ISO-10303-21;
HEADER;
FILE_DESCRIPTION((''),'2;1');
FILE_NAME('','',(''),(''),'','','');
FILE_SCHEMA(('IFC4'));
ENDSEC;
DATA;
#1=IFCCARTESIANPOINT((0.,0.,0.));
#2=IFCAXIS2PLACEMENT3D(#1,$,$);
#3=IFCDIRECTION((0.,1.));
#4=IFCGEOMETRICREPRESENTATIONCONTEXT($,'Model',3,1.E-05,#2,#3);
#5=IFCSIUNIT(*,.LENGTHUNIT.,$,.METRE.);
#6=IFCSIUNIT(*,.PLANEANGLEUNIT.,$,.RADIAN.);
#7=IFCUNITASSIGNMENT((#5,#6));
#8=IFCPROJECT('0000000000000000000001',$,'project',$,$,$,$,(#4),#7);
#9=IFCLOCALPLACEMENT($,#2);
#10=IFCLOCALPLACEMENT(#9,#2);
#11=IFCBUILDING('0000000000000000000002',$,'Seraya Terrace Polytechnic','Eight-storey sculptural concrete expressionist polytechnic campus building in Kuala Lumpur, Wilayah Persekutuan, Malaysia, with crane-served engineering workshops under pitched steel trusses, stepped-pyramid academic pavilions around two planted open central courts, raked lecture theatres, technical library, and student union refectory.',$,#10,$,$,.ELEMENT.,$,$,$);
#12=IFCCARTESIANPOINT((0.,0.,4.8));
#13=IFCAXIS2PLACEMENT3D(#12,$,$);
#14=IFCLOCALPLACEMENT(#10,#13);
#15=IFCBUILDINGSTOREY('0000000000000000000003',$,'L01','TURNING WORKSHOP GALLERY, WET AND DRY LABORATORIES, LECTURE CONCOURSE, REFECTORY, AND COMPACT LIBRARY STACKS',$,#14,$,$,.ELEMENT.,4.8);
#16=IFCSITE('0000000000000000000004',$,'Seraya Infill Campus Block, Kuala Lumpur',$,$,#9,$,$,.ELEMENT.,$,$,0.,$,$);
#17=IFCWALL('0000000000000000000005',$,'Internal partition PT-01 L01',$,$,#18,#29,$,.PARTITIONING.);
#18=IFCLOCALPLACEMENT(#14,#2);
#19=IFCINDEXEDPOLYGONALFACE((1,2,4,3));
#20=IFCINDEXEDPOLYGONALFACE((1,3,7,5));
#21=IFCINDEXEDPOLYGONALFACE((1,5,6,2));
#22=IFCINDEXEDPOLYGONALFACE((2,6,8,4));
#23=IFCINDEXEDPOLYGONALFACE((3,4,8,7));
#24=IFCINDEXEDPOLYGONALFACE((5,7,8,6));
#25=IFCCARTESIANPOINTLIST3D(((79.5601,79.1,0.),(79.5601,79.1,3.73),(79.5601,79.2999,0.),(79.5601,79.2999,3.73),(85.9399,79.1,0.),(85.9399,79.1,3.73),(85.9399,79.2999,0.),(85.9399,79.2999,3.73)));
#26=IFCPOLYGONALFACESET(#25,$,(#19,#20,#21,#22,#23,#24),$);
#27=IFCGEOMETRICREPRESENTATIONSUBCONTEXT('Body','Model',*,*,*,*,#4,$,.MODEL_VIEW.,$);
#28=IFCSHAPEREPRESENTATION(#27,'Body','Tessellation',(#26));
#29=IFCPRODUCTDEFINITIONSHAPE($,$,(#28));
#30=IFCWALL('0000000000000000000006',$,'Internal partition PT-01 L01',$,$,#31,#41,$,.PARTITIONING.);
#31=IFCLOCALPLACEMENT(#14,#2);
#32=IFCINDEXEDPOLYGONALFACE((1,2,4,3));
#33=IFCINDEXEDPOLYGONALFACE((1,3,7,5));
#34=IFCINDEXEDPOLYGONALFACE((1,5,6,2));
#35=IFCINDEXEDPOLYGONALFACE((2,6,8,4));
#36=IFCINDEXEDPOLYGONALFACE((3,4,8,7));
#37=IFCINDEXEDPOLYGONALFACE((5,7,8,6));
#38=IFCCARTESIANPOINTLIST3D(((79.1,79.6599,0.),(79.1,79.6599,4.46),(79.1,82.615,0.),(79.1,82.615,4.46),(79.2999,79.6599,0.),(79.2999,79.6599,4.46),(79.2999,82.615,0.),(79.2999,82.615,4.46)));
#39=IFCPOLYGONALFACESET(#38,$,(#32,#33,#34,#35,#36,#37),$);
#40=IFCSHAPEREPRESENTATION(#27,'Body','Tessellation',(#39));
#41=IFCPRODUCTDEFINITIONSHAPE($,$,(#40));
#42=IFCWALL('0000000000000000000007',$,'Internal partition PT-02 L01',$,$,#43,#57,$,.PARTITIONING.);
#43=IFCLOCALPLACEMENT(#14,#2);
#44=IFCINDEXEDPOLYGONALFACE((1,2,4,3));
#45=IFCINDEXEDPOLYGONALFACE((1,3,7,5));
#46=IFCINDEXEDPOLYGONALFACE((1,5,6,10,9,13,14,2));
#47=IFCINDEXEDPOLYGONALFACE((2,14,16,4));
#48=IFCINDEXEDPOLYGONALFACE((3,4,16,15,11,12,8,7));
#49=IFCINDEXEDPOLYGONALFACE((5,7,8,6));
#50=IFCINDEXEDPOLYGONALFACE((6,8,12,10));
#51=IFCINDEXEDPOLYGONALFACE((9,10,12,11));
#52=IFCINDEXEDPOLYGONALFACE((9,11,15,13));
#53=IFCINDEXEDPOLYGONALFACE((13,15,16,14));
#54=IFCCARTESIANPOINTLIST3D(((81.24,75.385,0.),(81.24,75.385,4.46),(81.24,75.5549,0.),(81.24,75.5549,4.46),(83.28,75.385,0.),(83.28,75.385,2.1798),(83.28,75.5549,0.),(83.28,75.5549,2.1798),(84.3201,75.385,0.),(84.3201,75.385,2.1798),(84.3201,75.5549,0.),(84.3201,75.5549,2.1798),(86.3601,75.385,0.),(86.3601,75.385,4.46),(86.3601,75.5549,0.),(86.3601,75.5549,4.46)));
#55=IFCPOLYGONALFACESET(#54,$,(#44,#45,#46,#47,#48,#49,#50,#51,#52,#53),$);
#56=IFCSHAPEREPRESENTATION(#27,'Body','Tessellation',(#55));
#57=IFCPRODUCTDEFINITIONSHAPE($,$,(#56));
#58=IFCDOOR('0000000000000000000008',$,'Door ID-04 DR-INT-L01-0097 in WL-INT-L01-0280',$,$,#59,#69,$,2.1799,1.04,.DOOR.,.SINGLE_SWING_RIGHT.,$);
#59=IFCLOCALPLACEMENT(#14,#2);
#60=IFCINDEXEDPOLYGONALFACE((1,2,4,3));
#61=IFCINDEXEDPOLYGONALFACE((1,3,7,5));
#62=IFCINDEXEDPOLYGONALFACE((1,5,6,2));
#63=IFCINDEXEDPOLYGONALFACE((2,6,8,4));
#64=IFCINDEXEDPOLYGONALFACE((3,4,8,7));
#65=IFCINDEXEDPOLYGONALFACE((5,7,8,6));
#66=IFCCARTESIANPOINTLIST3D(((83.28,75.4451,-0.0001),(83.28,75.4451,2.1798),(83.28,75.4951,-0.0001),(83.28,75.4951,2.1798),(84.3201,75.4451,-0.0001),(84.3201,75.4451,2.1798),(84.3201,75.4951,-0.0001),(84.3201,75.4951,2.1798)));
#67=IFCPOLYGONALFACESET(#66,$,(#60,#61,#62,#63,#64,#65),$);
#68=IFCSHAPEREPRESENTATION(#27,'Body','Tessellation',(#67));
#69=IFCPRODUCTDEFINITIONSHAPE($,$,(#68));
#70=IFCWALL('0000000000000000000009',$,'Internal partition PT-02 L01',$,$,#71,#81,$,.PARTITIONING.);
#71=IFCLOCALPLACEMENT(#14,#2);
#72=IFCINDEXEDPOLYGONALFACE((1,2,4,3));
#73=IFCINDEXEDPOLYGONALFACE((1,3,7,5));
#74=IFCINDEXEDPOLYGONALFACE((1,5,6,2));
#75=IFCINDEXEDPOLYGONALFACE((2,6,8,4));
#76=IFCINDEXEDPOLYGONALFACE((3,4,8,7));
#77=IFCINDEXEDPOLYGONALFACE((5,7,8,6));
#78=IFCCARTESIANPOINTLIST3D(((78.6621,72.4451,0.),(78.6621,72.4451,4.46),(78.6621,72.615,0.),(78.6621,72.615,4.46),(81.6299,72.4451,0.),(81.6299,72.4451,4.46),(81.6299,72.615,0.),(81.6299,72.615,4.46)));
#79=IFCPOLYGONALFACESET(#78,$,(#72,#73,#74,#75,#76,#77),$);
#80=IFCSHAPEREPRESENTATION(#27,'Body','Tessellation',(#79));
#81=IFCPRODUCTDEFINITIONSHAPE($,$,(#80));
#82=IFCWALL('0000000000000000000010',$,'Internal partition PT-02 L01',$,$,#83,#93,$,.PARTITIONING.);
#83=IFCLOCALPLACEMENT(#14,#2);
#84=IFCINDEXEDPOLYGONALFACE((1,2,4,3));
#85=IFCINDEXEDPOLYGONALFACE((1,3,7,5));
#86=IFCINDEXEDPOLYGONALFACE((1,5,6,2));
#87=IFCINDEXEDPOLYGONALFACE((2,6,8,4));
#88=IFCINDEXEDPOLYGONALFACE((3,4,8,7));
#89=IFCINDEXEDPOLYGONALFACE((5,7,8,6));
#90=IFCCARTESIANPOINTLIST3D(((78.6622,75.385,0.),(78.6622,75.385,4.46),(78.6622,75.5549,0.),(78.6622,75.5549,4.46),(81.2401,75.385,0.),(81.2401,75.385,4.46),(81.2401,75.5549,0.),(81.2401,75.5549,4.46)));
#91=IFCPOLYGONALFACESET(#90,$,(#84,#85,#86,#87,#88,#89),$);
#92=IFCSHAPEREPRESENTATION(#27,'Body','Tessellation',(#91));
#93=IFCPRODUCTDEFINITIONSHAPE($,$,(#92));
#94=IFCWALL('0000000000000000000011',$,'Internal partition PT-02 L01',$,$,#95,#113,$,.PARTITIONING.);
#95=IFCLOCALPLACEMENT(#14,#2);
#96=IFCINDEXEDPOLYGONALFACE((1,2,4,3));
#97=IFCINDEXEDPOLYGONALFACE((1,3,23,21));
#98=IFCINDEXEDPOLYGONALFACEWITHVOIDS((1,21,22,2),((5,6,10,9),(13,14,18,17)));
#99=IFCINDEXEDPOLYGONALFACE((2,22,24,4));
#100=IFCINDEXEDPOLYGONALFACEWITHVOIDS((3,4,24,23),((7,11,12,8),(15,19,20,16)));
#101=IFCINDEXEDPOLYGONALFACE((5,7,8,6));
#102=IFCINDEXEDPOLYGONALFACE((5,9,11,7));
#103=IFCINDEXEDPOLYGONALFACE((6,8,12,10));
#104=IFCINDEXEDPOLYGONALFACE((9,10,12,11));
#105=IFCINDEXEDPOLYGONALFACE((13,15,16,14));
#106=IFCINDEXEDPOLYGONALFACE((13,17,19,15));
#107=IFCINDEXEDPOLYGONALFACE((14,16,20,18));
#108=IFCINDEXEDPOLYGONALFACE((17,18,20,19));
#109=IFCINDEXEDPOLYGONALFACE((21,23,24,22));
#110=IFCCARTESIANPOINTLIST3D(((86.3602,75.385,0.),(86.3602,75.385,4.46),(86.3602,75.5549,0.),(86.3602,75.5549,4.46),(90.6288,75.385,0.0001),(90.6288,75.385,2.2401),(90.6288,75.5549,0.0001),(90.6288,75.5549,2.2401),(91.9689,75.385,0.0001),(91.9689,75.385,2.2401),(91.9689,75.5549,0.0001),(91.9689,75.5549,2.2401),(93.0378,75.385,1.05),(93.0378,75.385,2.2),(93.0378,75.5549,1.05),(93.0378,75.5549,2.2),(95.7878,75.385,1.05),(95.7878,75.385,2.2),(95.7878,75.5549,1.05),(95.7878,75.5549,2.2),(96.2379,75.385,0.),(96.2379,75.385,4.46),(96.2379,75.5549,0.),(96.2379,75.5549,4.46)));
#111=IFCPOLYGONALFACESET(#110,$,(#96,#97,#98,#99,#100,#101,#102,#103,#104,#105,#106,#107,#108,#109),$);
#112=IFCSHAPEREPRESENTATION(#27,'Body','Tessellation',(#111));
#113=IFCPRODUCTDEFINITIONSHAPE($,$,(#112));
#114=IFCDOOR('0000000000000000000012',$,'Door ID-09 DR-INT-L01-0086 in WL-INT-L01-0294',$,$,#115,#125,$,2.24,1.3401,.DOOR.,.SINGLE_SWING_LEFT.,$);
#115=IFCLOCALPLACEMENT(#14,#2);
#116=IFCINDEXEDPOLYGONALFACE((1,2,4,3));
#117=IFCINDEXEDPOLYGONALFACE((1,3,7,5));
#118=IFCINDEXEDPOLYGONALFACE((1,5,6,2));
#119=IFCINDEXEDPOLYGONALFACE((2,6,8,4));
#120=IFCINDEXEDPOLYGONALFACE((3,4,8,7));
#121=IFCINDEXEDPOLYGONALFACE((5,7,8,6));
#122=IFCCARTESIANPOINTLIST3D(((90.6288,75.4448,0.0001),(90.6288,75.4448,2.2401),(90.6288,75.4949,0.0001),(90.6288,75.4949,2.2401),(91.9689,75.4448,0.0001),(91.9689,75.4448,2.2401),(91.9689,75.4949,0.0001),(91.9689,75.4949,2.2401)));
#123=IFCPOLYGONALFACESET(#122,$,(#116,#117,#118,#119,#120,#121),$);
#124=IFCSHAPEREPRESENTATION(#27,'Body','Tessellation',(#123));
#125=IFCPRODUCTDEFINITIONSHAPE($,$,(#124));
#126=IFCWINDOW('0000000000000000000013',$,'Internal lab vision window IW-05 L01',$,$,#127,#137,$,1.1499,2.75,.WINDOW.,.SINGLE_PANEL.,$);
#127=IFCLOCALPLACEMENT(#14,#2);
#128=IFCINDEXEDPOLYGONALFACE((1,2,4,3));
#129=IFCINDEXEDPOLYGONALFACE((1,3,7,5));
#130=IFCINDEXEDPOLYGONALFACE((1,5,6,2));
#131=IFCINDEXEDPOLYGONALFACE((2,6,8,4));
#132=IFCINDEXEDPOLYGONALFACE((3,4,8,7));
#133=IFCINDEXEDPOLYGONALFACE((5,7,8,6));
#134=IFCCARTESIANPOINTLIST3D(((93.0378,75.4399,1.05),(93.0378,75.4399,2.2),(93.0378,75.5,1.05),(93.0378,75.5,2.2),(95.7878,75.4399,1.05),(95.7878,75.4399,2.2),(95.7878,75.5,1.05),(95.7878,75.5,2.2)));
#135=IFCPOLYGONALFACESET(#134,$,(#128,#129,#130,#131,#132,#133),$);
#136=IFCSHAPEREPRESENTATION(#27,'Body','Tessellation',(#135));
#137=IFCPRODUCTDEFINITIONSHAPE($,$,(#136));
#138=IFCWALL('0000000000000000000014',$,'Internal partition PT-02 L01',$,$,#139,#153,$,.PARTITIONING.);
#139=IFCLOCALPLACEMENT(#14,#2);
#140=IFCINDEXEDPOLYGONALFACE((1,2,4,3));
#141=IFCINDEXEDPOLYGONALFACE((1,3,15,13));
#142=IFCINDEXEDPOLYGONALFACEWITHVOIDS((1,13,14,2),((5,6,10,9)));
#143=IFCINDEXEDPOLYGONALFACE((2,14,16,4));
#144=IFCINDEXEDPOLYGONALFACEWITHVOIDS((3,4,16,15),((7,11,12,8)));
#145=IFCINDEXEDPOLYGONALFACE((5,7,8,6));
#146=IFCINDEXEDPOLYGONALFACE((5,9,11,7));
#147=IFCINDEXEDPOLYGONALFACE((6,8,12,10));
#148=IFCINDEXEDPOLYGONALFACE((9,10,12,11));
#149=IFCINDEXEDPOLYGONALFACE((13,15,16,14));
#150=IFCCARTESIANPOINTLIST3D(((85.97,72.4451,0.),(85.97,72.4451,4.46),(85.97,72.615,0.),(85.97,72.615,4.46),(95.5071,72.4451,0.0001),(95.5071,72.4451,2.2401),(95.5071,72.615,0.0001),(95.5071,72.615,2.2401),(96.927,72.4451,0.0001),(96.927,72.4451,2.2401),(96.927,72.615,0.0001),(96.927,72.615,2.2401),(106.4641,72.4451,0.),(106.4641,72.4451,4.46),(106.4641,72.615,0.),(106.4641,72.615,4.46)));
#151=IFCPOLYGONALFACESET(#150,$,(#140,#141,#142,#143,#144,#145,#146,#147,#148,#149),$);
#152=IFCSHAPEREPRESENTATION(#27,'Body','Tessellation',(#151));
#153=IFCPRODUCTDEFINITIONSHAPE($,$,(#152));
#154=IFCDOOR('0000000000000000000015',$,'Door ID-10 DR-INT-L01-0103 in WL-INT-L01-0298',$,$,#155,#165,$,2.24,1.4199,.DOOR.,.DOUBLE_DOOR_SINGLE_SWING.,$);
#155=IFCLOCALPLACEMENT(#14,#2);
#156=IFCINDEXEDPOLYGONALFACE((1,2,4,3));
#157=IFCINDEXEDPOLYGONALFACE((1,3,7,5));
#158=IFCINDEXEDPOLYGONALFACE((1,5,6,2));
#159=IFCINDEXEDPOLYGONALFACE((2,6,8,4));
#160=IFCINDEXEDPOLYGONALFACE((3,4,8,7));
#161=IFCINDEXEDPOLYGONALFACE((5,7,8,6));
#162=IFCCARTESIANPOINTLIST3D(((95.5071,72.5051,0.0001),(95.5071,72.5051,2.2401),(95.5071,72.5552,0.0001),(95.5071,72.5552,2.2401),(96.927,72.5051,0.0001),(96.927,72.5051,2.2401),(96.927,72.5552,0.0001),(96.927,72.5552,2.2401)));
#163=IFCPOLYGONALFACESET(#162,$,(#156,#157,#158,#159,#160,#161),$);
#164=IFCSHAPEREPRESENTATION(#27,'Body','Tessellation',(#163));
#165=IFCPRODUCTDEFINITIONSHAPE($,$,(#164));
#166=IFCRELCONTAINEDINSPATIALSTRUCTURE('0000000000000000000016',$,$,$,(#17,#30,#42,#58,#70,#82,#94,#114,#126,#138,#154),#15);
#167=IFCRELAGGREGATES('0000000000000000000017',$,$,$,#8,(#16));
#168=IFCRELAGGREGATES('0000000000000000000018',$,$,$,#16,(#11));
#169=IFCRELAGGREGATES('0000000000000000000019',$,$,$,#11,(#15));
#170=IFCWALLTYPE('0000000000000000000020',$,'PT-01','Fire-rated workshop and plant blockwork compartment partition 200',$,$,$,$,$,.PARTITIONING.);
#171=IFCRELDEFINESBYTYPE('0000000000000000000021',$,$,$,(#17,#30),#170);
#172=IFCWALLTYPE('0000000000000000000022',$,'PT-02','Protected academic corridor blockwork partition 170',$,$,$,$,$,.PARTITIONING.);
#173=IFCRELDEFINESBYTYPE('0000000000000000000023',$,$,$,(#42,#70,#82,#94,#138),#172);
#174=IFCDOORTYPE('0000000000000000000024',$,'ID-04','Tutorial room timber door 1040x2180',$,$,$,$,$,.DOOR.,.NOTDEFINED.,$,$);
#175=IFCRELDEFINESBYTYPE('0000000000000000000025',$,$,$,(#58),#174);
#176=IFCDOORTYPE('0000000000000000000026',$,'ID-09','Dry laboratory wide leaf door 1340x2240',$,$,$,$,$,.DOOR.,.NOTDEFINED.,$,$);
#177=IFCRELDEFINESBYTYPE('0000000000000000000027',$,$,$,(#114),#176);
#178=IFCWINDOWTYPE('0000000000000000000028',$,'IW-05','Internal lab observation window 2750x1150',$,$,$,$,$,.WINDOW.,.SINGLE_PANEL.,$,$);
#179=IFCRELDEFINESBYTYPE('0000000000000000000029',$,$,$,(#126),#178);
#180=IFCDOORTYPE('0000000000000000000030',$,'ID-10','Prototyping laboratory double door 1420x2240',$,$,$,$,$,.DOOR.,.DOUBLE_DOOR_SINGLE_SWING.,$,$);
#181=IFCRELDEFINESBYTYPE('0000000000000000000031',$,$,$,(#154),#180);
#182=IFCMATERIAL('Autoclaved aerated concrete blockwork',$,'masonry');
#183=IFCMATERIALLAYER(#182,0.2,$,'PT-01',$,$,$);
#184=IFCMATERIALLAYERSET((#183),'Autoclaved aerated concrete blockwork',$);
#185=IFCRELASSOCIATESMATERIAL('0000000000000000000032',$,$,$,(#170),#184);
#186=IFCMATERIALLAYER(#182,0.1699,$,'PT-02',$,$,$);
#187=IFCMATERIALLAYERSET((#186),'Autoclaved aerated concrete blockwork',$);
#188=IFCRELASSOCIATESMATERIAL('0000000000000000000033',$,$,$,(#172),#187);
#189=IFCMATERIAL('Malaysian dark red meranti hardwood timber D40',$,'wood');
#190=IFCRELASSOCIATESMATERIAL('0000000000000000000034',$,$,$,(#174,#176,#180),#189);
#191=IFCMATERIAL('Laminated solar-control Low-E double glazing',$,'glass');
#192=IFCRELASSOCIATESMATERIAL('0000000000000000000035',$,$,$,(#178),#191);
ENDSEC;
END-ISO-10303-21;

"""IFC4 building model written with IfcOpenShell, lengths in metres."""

from ifc_helpers import new_model, si_unit, direction, frame, frame_2d, origin, place, context, subcontext, project, spatial, rectangle, extrude, material, layer, layer_set, type_object, element, fill, save


model = new_model("IFC4")

# Units and contexts
model_context = context("Model", 3, precision=1e-05, world=origin(), true_north=direction((0.0, 1.0)))
body_context = subcontext(model_context, "Body", "Model", "MODEL_VIEW")
ifc_project = project(units=[si_unit("LENGTHUNIT", "METRE"), si_unit("PLANEANGLEUNIT", "RADIAN")], contexts=[model_context])

# Site, building, storey
site_placement = place(None, origin())
site = spatial("IfcSite", under=ifc_project, at=site_placement, Name="Seraya Infill Campus Block, Kuala Lumpur", CompositionType="ELEMENT", RefElevation=0.0)
building_placement = place(site_placement, origin())
building = spatial("IfcBuilding", under=site, at=building_placement, Name="Seraya Terrace Polytechnic", Description="Eight-storey sculptural concrete expressionist polytechnic campus building in Kuala Lumpur, Wilayah Persekutuan, Malaysia, with crane-served engineering workshops under pitched steel trusses, stepped-pyramid academic pavilions around two planted open central courts, raked lecture theatres, technical library, and student union refectory.", CompositionType="ELEMENT")
storey_placement = place(building_placement, frame((0.0, 0.0, 4.8)))
storey = spatial("IfcBuildingStorey", under=building, at=storey_placement, Name="L01", Description="TURNING WORKSHOP GALLERY, WET AND DRY LABORATORIES, LECTURE CONCOURSE, REFECTORY, AND COMPACT LIBRARY STACKS", CompositionType="ELEMENT", Elevation=4.8)

# Shared definitions
ifc_material_1 = material(Name="Autoclaved aerated concrete blockwork", Category="masonry")
ifc_layer_1 = layer(ifc_material_1, 0.2, Name="PT-01")
ifc_layer_set_1 = layer_set([ifc_layer_1], Name="Autoclaved aerated concrete blockwork")
wall_type_1 = type_object("IfcWallType", Name="PT-01", Description="Fire-rated workshop and plant blockwork compartment partition 200", PredefinedType="PARTITIONING", material=ifc_layer_set_1)

# Walls
wall_1_placement = place(storey_placement, frame((79.5601, 79.2, 0.0), z_axis=(0.0, 0.0, 1.0), x_axis=(1.0, 0.0, 0.0)))
element("IfcWall", 1, at=wall_1_placement, inside=storey, type_object=wall_type_1, Name="Internal partition PT-01 L01", PredefinedType="PARTITIONING", context=body_context, shape_type="SweptSolid", body=[
    extrude(rectangle(XDim=6.3799, YDim=0.2, at=frame_2d((3.1899, 0.0))), origin(), (0.0, 0.0, 1.0), 3.73),
])
wall_2_placement = place(storey_placement, frame((79.2, 79.6599, 0.0), z_axis=(0.0, 0.0, 1.0), x_axis=(0.0, 1.0, 0.0)))
element("IfcWall", 2, at=wall_2_placement, inside=storey, type_object=wall_type_1, Name="Internal partition PT-01 L01", PredefinedType="PARTITIONING", context=body_context, shape_type="SweptSolid", body=[
    extrude(rectangle(XDim=2.9551, YDim=0.2, at=frame_2d((1.4775, 0.0))), origin(), (0.0, 0.0, 1.0), 4.46),
])

# Wall, opening, door
ifc_layer_2 = layer(ifc_material_1, 0.1699, Name="PT-02")
ifc_layer_set_2 = layer_set([ifc_layer_2], Name="Autoclaved aerated concrete blockwork")
wall_type_2 = type_object("IfcWallType", Name="PT-02", Description="Protected academic corridor blockwork partition 170", PredefinedType="PARTITIONING", material=ifc_layer_set_2)
wall_3_placement = place(storey_placement, frame((81.24, 75.47, 0.0), z_axis=(0.0, 0.0, 1.0), x_axis=(1.0, 0.0, 0.0)))
wall_3 = element("IfcWall", 3, at=wall_3_placement, inside=storey, type_object=wall_type_2, Name="Internal partition PT-02 L01", PredefinedType="PARTITIONING", context=body_context, shape_type="SweptSolid", body=[
    extrude(rectangle(XDim=5.1201, YDim=0.1699, at=frame_2d((2.5601, 0.0))), origin(), (0.0, 0.0, 1.0), 4.46),
])
opening_1_placement = place(wall_3_placement, frame((2.04, 0.0, 0.0)))
opening_1 = element("IfcOpeningElement", 4, at=opening_1_placement, cuts=wall_3, PredefinedType="OPENING", context=body_context, shape_type="SweptSolid", body=[
    extrude(rectangle(XDim=1.04, YDim=2.1799, at=frame_2d((0.52, 1.0898))), frame((0.0, 0.0969, 0.0), z_axis=(0.0, -1.0, 0.0), x_axis=(1.0, 0.0, 0.0)), (0.0, 0.0, 1.0), 0.1938),
])
ifc_material_2 = material(Name="Malaysian dark red meranti hardwood timber D40", Category="wood")
door_type_1 = type_object("IfcDoorType", Name="ID-04", Description="Tutorial room timber door 1040x2180", OperationType="NOTDEFINED", PredefinedType="DOOR", material=ifc_material_2)
door_1_placement = place(opening_1_placement, frame((1.04, 0.0, 0.0), z_axis=(0.0, 0.0, 1.0), x_axis=(-1.0, 0.0, 0.0)))
door_1 = element("IfcDoor", 5, at=door_1_placement, inside=storey, type_object=door_type_1, Name="Door ID-04 DR-INT-L01-0097 in WL-INT-L01-0280", OperationType="SINGLE_SWING_RIGHT", OverallHeight=2.1799, OverallWidth=1.04, PredefinedType="DOOR", context=body_context, shape_type="SweptSolid", body=[
    extrude(rectangle(XDim=1.04, YDim=2.1799, at=frame_2d((0.52, 1.0898))), frame((0.0, 0.0249, 0.0), z_axis=(0.0, -1.0, 0.0), x_axis=(1.0, 0.0, 0.0)), (0.0, 0.0, 1.0), 0.05),
])
fill(opening_1, door_1)

# Walls
wall_4_placement = place(storey_placement, frame((78.6621, 72.53, 0.0), z_axis=(0.0, 0.0, 1.0), x_axis=(1.0, 0.0, 0.0)))
element("IfcWall", 6, at=wall_4_placement, inside=storey, type_object=wall_type_2, Name="Internal partition PT-02 L01", PredefinedType="PARTITIONING", context=body_context, shape_type="SweptSolid", body=[
    extrude(rectangle(XDim=2.9678, YDim=0.1699, at=frame_2d((1.4839, 0.0))), origin(), (0.0, 0.0, 1.0), 4.46),
])
wall_5_placement = place(storey_placement, frame((78.6621, 75.47, 0.0), z_axis=(0.0, 0.0, 1.0), x_axis=(1.0, 0.0, 0.0)))
element("IfcWall", 7, at=wall_5_placement, inside=storey, type_object=wall_type_2, Name="Internal partition PT-02 L01", PredefinedType="PARTITIONING", context=body_context, shape_type="SweptSolid", body=[
    extrude(rectangle(XDim=2.5779, YDim=0.1699, at=frame_2d((1.2891, 0.0))), origin(), (0.0, 0.0, 1.0), 4.46),
])

# Wall, openings, door, window
wall_6_placement = place(storey_placement, frame((86.3601, 75.47, 0.0), z_axis=(0.0, 0.0, 1.0), x_axis=(1.0, 0.0, 0.0)))
wall_6 = element("IfcWall", 8, at=wall_6_placement, inside=storey, type_object=wall_type_2, Name="Internal partition PT-02 L01", PredefinedType="PARTITIONING", context=body_context, shape_type="SweptSolid", body=[
    extrude(rectangle(XDim=9.8777, YDim=0.1699, at=frame_2d((4.939, 0.0))), origin(), (0.0, 0.0, 1.0), 4.46),
])
opening_2_placement = place(wall_6_placement, frame((4.2688, 0.0, 0.0)))
opening_2 = element("IfcOpeningElement", 9, at=opening_2_placement, cuts=wall_6, PredefinedType="OPENING", context=body_context, shape_type="SweptSolid", body=[
    extrude(rectangle(XDim=1.3401, YDim=2.24, at=frame_2d((0.6699, 1.1201))), frame((0.0, 0.0969, 0.0), z_axis=(0.0, -1.0, 0.0), x_axis=(1.0, 0.0, 0.0)), (0.0, 0.0, 1.0), 0.1938),
])
opening_3_placement = place(wall_6_placement, frame((6.6777, 0.0, 1.05)))
opening_3 = element("IfcOpeningElement", 10, at=opening_3_placement, cuts=wall_6, PredefinedType="OPENING", context=body_context, shape_type="SweptSolid", body=[
    extrude(rectangle(XDim=2.75, YDim=1.1499, at=frame_2d((1.375, 0.575))), frame((0.0, 0.0969, 0.0), z_axis=(0.0, -1.0, 0.0), x_axis=(1.0, 0.0, 0.0)), (0.0, 0.0, 1.0), 0.1938),
])
door_type_2 = type_object("IfcDoorType", Name="ID-09", Description="Dry laboratory wide leaf door 1340x2240", OperationType="NOTDEFINED", PredefinedType="DOOR", material=ifc_material_2)
door_2_placement = place(opening_2_placement, origin())
door_2 = element("IfcDoor", 11, at=door_2_placement, inside=storey, type_object=door_type_2, Name="Door ID-09 DR-INT-L01-0086 in WL-INT-L01-0294", OperationType="SINGLE_SWING_LEFT", OverallHeight=2.24, OverallWidth=1.3401, PredefinedType="DOOR", context=body_context, shape_type="SweptSolid", body=[
    extrude(rectangle(XDim=1.3401, YDim=2.24, at=frame_2d((0.6699, 1.1201))), frame((0.0, 0.0249, 0.0), z_axis=(0.0, -1.0, 0.0), x_axis=(1.0, 0.0, 0.0)), (0.0, 0.0, 1.0), 0.05),
])
fill(opening_2, door_2)
ifc_material_3 = material(Name="Laminated solar-control Low-E double glazing", Category="glass")
window_type = type_object("IfcWindowType", Name="IW-05", Description="Internal lab observation window 2750x1150", PartitioningType="SINGLE_PANEL", PredefinedType="WINDOW", material=ifc_material_3)
window_placement = place(opening_3_placement, origin())
window = element("IfcWindow", 12, at=window_placement, inside=storey, type_object=window_type, Name="Internal lab vision window IW-05 L01", OverallHeight=1.1499, OverallWidth=2.75, PartitioningType="SINGLE_PANEL", PredefinedType="WINDOW", context=body_context, shape_type="SweptSolid", body=[
    extrude(rectangle(XDim=2.75, YDim=1.1499, at=frame_2d((1.375, 0.575))), frame((0.0, 0.03, 0.0), z_axis=(0.0, -1.0, 0.0), x_axis=(1.0, 0.0, 0.0)), (0.0, 0.0, 1.0), 0.0601),
])
fill(opening_3, window)

# Wall, opening, door
wall_7_placement = place(storey_placement, frame((85.97, 72.53, 0.0), z_axis=(0.0, 0.0, 1.0), x_axis=(1.0, 0.0, 0.0)))
wall_7 = element("IfcWall", 13, at=wall_7_placement, inside=storey, type_object=wall_type_2, Name="Internal partition PT-02 L01", PredefinedType="PARTITIONING", context=body_context, shape_type="SweptSolid", body=[
    extrude(rectangle(XDim=20.4941, YDim=0.1699, at=frame_2d((10.2471, 0.0))), origin(), (0.0, 0.0, 1.0), 4.46),
])
opening_4_placement = place(wall_7_placement, frame((9.5371, 0.0, 0.0)))
opening_4 = element("IfcOpeningElement", 14, at=opening_4_placement, cuts=wall_7, PredefinedType="OPENING", context=body_context, shape_type="SweptSolid", body=[
    extrude(rectangle(XDim=1.4199, YDim=2.24, at=frame_2d((0.71, 1.1201))), frame((0.0, 0.0969, 0.0), z_axis=(0.0, -1.0, 0.0), x_axis=(1.0, 0.0, 0.0)), (0.0, 0.0, 1.0), 0.1938),
])
door_type_3 = type_object("IfcDoorType", Name="ID-10", Description="Prototyping laboratory double door 1420x2240", OperationType="DOUBLE_DOOR_SINGLE_SWING", PredefinedType="DOOR", material=ifc_material_2)
door_3_placement = place(opening_4_placement, frame((1.4199, 0.0, 0.0), z_axis=(0.0, 0.0, 1.0), x_axis=(-1.0, 0.0, 0.0)))
door_3 = element("IfcDoor", 15, at=door_3_placement, inside=storey, type_object=door_type_3, Name="Door ID-10 DR-INT-L01-0103 in WL-INT-L01-0298", OperationType="DOUBLE_DOOR_SINGLE_SWING", OverallHeight=2.24, OverallWidth=1.4199, PredefinedType="DOOR", context=body_context, shape_type="SweptSolid", body=[
    extrude(rectangle(XDim=1.4199, YDim=2.24, at=frame_2d((0.71, 1.1201))), frame((0.0, 0.0249, 0.0), z_axis=(0.0, -1.0, 0.0), x_axis=(1.0, 0.0, 0.0)), (0.0, 0.0, 1.0), 0.05),
])
fill(opening_4, door_3)

save(model, "model.ifc")
